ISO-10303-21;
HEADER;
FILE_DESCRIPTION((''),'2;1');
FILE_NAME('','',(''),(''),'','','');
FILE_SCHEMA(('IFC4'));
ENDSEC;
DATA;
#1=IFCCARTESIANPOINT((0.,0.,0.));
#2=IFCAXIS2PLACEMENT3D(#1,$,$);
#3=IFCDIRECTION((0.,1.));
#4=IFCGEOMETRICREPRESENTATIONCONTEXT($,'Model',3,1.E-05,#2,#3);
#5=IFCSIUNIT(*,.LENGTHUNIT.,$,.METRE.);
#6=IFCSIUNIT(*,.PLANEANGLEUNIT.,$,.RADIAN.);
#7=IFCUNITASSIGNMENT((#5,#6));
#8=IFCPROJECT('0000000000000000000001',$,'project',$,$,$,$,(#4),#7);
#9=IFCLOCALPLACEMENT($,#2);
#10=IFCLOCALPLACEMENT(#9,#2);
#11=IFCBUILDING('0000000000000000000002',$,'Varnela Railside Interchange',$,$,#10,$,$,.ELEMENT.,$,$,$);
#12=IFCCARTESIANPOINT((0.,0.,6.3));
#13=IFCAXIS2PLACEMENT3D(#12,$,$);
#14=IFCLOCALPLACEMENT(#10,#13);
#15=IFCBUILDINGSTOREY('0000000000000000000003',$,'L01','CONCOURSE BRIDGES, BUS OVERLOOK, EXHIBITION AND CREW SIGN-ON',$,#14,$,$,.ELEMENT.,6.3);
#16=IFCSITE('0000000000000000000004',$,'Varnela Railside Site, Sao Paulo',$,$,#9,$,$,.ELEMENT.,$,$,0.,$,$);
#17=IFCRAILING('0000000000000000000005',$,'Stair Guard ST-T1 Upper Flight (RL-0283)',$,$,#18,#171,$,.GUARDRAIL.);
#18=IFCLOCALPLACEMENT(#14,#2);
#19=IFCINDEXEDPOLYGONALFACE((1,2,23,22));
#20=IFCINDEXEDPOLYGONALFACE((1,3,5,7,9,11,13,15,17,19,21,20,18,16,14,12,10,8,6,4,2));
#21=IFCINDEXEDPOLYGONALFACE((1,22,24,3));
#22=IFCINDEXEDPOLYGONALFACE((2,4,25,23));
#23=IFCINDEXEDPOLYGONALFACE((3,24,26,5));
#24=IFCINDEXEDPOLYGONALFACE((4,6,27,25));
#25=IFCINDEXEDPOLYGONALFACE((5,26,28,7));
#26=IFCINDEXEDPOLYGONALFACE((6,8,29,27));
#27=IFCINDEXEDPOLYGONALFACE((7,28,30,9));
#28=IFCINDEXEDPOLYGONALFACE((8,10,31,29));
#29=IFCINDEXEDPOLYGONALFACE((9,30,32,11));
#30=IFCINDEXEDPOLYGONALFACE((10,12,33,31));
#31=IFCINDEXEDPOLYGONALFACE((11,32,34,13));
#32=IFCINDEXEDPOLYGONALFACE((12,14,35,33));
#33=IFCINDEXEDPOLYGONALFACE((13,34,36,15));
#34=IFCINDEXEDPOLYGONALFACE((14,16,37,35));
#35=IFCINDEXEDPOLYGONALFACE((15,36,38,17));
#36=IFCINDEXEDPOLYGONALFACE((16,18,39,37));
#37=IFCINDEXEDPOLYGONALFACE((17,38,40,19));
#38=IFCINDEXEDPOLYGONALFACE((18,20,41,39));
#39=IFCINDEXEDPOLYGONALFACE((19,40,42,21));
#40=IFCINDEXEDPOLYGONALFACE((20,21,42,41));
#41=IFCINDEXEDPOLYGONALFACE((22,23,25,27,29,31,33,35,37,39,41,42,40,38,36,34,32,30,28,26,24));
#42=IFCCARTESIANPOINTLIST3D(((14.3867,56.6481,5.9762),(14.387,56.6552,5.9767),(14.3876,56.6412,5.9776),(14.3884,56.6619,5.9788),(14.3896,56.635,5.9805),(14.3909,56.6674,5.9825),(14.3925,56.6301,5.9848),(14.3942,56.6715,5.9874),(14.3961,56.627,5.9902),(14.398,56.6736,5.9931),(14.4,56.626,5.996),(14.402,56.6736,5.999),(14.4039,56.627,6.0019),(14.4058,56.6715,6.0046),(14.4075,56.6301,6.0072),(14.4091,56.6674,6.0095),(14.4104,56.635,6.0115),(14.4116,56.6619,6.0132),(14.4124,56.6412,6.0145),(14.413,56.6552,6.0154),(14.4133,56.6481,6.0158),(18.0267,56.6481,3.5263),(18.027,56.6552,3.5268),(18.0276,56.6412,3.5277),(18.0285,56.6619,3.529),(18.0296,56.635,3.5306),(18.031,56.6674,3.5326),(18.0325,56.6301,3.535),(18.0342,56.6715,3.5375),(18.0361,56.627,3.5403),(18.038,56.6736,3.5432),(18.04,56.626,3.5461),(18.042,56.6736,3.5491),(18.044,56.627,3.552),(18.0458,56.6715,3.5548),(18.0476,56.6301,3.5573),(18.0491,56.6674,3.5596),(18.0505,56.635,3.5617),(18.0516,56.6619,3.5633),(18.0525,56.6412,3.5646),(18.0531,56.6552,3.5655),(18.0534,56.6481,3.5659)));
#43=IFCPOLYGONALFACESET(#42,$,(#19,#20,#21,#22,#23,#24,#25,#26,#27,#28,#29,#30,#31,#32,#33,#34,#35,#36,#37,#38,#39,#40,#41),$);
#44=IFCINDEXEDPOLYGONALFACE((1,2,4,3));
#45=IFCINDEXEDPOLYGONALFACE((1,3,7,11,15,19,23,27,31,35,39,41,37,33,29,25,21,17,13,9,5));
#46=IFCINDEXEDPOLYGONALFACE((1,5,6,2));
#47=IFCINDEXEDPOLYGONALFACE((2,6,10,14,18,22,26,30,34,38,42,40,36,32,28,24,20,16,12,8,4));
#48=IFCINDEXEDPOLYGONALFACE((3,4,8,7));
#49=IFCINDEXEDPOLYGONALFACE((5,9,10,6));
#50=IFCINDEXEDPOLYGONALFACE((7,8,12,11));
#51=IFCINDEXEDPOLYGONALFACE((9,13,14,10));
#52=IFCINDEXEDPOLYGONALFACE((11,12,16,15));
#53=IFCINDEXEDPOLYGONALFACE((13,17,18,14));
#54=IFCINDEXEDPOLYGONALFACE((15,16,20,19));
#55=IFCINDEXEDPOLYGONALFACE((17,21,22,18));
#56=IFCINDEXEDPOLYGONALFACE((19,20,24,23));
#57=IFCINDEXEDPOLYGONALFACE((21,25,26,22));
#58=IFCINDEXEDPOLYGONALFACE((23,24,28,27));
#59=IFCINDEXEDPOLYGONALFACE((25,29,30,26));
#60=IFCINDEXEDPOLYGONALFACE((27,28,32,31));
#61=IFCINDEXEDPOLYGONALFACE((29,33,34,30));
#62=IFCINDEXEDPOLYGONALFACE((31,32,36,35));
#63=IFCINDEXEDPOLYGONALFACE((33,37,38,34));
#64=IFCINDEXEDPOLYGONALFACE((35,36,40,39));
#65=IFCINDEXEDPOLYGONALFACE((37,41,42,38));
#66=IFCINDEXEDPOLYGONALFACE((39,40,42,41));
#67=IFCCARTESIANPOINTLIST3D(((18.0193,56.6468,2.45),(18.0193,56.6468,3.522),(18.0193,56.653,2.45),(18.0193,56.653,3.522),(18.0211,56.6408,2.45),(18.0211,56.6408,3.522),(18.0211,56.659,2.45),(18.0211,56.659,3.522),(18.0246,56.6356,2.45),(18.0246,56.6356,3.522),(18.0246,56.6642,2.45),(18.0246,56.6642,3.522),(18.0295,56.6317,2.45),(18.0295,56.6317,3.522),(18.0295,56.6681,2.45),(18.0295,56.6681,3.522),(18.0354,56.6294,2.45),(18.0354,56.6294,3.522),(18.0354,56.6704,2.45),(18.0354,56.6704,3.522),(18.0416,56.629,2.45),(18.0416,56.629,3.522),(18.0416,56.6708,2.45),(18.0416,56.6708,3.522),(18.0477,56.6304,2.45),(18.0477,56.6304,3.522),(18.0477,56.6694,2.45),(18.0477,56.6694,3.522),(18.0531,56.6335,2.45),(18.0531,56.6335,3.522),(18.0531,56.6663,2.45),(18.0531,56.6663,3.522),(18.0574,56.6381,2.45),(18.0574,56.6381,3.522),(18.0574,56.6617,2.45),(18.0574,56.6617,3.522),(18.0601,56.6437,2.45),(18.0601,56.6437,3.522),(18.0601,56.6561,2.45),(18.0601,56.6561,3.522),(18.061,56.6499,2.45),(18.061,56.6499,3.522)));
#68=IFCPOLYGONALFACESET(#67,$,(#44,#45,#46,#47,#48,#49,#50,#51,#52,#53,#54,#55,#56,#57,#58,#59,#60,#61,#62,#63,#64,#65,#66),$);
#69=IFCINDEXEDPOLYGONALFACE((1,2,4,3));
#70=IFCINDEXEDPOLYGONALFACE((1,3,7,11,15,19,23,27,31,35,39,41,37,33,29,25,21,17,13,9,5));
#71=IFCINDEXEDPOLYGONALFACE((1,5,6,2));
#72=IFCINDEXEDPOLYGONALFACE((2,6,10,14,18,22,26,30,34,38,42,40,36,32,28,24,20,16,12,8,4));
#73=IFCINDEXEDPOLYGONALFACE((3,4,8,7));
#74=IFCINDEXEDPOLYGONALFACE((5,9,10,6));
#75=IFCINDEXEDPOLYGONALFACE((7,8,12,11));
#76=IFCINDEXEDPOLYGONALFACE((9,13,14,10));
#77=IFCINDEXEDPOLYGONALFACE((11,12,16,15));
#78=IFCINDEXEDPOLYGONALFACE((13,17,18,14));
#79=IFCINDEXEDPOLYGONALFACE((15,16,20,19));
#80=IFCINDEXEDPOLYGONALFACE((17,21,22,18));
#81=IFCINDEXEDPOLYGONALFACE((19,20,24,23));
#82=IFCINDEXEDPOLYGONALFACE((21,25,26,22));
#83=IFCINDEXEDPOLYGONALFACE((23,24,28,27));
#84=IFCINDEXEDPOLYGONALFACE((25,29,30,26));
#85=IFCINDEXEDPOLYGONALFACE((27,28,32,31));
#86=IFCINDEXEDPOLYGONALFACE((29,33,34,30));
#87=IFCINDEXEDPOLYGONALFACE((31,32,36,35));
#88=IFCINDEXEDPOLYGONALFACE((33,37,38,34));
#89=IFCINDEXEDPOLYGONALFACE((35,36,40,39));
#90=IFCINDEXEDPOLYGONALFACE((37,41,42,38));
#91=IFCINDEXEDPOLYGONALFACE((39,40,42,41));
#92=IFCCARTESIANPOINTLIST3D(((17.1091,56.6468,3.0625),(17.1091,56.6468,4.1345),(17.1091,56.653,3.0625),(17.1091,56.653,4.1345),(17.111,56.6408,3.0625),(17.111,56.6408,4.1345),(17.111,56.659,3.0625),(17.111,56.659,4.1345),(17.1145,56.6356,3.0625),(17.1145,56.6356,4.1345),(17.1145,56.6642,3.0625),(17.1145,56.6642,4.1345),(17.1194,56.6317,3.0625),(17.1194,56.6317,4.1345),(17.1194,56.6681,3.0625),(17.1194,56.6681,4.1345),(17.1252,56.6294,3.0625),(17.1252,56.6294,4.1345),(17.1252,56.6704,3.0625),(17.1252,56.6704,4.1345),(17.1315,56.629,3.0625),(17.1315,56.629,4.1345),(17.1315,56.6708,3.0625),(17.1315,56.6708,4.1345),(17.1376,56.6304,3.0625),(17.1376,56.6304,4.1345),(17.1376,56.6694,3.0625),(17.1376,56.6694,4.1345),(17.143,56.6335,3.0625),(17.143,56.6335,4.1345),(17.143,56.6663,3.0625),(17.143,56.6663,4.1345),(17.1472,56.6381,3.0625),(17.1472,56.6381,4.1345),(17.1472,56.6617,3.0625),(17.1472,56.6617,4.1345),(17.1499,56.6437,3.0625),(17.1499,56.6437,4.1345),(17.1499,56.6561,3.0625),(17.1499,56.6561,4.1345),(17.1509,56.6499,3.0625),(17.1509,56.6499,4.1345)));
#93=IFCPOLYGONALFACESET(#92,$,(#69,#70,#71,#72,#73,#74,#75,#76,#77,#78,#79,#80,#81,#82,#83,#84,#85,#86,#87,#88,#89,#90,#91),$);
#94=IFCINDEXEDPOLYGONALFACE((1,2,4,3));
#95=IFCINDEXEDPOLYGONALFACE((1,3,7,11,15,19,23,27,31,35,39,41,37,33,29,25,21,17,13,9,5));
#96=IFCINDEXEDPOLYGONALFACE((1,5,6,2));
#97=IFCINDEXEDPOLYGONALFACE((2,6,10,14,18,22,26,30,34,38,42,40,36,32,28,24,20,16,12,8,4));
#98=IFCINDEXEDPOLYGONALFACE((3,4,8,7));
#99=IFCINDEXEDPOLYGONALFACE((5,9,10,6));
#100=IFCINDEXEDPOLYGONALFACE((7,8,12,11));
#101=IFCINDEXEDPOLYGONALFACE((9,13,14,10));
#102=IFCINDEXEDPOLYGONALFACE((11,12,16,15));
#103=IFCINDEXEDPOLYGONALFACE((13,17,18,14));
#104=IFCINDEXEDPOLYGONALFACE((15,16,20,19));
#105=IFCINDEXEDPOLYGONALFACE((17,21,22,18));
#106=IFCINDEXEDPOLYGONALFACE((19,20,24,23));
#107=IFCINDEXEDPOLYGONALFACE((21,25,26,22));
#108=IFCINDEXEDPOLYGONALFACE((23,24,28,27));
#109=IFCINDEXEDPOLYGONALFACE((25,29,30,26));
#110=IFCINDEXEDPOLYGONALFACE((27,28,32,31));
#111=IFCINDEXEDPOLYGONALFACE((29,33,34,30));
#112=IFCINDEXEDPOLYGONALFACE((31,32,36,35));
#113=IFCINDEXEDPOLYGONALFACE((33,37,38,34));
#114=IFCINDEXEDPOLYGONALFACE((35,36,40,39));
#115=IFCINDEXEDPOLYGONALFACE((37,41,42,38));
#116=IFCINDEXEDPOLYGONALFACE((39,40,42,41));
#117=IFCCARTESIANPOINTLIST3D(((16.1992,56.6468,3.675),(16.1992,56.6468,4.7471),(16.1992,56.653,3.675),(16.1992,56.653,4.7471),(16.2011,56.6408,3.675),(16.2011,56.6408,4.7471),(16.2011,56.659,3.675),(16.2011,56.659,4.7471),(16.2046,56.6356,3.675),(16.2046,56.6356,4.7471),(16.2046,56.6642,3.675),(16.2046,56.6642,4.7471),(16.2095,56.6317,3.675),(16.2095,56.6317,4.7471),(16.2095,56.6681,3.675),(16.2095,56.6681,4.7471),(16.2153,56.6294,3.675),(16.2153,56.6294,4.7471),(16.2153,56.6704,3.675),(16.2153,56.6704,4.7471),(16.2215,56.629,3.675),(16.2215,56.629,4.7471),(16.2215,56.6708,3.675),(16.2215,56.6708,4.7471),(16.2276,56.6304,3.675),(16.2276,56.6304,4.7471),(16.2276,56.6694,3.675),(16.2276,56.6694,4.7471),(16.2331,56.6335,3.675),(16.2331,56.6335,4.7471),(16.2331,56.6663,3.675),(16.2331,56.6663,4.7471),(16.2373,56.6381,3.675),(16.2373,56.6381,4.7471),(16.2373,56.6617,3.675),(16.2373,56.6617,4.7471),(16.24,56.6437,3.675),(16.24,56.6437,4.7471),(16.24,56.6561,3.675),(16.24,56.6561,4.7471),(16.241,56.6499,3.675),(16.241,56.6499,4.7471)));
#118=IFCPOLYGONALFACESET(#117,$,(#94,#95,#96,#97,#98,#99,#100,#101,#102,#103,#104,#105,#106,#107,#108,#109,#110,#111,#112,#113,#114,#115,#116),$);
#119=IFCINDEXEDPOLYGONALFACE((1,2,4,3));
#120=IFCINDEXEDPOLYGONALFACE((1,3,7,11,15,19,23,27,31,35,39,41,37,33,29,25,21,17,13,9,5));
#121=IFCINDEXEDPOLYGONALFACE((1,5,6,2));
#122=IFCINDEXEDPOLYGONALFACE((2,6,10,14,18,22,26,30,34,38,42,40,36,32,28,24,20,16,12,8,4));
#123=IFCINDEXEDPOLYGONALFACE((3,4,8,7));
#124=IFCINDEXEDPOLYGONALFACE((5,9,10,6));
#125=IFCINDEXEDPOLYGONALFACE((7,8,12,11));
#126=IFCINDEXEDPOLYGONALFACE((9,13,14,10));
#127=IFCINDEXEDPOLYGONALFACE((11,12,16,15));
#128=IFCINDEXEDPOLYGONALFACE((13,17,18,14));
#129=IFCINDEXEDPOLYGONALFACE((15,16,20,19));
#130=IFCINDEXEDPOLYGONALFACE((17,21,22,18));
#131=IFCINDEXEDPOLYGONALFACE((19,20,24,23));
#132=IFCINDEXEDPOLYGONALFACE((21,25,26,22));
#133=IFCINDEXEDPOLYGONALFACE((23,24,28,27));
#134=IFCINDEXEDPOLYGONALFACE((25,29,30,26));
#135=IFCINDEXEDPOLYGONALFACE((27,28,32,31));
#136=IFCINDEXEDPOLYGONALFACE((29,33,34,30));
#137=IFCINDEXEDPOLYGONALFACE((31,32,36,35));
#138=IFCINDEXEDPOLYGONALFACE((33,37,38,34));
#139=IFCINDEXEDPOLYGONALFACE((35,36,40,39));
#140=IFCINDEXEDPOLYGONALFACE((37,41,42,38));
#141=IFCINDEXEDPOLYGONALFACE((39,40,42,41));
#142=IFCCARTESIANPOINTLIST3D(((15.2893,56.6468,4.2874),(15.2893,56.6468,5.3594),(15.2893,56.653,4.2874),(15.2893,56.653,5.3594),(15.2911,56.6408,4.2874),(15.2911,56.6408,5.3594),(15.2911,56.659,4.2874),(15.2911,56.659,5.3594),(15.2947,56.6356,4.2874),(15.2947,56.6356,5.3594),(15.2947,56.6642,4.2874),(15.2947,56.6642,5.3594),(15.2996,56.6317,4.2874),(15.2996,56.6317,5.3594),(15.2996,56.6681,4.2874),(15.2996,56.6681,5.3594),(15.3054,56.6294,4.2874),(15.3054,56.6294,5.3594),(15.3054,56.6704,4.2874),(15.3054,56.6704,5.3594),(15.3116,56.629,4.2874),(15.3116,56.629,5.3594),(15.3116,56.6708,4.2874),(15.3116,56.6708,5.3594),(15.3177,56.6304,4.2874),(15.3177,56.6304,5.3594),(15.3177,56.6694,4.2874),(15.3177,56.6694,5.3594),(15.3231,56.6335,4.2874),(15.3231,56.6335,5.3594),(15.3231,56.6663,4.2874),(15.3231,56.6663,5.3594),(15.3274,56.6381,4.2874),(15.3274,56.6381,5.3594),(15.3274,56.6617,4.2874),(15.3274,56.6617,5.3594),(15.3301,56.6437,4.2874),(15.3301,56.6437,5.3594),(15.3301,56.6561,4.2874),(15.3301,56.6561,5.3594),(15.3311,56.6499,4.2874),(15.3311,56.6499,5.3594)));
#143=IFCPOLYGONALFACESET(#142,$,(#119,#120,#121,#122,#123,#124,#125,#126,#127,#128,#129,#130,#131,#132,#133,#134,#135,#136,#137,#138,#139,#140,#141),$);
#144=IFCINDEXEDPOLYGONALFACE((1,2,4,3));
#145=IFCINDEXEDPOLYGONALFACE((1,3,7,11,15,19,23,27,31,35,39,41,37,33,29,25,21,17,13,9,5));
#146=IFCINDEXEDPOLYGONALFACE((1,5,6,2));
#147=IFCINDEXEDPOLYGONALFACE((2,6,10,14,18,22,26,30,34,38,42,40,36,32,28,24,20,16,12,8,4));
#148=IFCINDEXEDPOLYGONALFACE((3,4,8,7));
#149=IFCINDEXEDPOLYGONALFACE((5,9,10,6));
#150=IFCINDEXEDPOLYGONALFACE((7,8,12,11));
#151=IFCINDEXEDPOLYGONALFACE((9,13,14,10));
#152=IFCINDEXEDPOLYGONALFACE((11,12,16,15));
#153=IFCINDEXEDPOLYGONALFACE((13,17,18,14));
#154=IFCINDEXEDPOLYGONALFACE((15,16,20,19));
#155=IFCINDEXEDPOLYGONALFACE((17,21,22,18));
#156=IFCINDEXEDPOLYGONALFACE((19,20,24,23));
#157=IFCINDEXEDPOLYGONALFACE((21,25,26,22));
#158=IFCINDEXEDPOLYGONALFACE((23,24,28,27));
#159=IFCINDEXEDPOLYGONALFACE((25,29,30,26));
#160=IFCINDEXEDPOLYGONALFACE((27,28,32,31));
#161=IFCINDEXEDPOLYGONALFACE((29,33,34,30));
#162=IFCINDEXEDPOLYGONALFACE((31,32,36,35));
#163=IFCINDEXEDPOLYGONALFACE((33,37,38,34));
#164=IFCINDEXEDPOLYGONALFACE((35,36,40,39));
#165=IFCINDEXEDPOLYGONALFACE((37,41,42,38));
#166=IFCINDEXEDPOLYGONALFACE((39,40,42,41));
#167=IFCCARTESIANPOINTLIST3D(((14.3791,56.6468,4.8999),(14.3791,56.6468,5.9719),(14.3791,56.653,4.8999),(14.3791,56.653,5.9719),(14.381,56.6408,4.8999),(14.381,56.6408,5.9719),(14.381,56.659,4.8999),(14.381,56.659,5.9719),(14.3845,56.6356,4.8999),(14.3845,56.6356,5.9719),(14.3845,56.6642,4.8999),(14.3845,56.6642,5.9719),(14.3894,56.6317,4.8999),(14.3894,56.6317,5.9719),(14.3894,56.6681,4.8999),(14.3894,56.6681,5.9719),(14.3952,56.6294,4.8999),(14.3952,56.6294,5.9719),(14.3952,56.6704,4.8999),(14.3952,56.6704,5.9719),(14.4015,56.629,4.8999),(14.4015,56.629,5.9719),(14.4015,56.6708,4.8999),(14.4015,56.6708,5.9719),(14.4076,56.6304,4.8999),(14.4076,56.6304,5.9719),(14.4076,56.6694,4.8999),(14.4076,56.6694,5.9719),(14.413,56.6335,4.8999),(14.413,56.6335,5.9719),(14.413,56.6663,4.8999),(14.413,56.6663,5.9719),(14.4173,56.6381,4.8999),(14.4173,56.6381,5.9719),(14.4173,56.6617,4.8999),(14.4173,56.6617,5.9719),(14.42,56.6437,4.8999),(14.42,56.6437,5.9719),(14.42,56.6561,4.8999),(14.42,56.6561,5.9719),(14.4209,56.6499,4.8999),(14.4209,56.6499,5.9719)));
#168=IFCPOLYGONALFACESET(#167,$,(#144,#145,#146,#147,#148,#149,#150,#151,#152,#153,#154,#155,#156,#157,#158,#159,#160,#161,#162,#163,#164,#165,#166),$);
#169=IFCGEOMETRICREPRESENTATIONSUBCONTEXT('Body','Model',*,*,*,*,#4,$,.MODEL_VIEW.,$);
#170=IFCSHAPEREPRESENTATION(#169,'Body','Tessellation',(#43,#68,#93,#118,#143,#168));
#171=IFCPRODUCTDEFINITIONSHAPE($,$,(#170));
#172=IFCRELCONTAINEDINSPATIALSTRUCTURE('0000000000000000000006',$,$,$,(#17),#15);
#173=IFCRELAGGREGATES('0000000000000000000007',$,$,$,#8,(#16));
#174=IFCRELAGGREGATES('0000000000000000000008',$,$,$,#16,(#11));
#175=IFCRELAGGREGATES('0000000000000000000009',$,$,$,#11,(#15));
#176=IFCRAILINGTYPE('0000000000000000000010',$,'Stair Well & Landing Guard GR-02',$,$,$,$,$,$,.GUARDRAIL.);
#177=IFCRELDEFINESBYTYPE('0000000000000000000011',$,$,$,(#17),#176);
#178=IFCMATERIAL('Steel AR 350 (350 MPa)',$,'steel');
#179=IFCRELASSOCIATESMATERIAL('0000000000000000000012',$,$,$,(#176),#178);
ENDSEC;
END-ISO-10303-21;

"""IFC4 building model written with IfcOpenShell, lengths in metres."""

from ifc_helpers import new_model, si_unit, direction, frame, origin, origin_2d, place, context, subcontext, project, spatial, circle, extrude, material, type_object, element, save


model = new_model("IFC4")

# Units and contexts
model_context = context("Model", 3, precision=1e-05, world=origin(), true_north=direction((0.0, 1.0)))
body_context = subcontext(model_context, "Body", "Model", "MODEL_VIEW")
ifc_project = project(units=[si_unit("LENGTHUNIT", "METRE"), si_unit("PLANEANGLEUNIT", "RADIAN")], contexts=[model_context])

# Site, building, storey
site_placement = place(None, origin())
site = spatial("IfcSite", under=ifc_project, at=site_placement, Name="Varnela Railside Site, Sao Paulo", CompositionType="ELEMENT", RefElevation=0.0)
building_placement = place(site_placement, origin())
building = spatial("IfcBuilding", under=site, at=building_placement, Name="Varnela Railside Interchange", CompositionType="ELEMENT")
storey_placement = place(building_placement, frame((0.0, 0.0, 6.3)))
storey = spatial("IfcBuildingStorey", under=building, at=storey_placement, Name="L01", Description="CONCOURSE BRIDGES, BUS OVERLOOK, EXHIBITION AND CREW SIGN-ON", CompositionType="ELEMENT", Elevation=6.3)

# Railing
ifc_material_1 = material(Name="Steel AR 350 (350 MPa)", Category="steel")
railing_type_1 = type_object("IfcRailingType", Name="Stair Well & Landing Guard GR-02", PredefinedType="GUARDRAIL", material=ifc_material_1)
railing_1_placement = place(storey_placement, frame((18.04, 56.6499, 2.45)))
element("IfcRailing", 1, at=railing_1_placement, inside=storey, type_object=railing_type_1, Name="Stair Guard ST-T1 Upper Flight (RL-0283)", PredefinedType="GUARDRAIL", context=body_context, shape_type="SweptSolid", body=[
    extrude(circle(Radius=0.0239, at=origin_2d()), frame((0.0, 0.0, 1.0962), z_axis=(-0.829603, 0.0, 0.558354), x_axis=(0.0, -1.0, 0.0)), (0.0, 0.0, 1.0), 4.3877),
    extrude(circle(Radius=0.021, at=origin_2d()), origin(), (0.0, 0.0, 1.0), 1.072),
    extrude(circle(Radius=0.021, at=origin_2d()), frame((-0.9102, 0.0, 0.6125)), (0.0, 0.0, 1.0), 1.072),
    extrude(circle(Radius=0.021, at=origin_2d()), frame((-1.8201, 0.0, 1.2251)), (0.0, 0.0, 1.0), 1.072),
    extrude(circle(Radius=0.021, at=origin_2d()), frame((-2.73, 0.0, 1.8374)), (0.0, 0.0, 1.0), 1.072),
    extrude(circle(Radius=0.021, at=origin_2d()), frame((-3.6401, 0.0, 2.45)), (0.0, 0.0, 1.0), 1.072),
])

save(model, "model.ifc")
